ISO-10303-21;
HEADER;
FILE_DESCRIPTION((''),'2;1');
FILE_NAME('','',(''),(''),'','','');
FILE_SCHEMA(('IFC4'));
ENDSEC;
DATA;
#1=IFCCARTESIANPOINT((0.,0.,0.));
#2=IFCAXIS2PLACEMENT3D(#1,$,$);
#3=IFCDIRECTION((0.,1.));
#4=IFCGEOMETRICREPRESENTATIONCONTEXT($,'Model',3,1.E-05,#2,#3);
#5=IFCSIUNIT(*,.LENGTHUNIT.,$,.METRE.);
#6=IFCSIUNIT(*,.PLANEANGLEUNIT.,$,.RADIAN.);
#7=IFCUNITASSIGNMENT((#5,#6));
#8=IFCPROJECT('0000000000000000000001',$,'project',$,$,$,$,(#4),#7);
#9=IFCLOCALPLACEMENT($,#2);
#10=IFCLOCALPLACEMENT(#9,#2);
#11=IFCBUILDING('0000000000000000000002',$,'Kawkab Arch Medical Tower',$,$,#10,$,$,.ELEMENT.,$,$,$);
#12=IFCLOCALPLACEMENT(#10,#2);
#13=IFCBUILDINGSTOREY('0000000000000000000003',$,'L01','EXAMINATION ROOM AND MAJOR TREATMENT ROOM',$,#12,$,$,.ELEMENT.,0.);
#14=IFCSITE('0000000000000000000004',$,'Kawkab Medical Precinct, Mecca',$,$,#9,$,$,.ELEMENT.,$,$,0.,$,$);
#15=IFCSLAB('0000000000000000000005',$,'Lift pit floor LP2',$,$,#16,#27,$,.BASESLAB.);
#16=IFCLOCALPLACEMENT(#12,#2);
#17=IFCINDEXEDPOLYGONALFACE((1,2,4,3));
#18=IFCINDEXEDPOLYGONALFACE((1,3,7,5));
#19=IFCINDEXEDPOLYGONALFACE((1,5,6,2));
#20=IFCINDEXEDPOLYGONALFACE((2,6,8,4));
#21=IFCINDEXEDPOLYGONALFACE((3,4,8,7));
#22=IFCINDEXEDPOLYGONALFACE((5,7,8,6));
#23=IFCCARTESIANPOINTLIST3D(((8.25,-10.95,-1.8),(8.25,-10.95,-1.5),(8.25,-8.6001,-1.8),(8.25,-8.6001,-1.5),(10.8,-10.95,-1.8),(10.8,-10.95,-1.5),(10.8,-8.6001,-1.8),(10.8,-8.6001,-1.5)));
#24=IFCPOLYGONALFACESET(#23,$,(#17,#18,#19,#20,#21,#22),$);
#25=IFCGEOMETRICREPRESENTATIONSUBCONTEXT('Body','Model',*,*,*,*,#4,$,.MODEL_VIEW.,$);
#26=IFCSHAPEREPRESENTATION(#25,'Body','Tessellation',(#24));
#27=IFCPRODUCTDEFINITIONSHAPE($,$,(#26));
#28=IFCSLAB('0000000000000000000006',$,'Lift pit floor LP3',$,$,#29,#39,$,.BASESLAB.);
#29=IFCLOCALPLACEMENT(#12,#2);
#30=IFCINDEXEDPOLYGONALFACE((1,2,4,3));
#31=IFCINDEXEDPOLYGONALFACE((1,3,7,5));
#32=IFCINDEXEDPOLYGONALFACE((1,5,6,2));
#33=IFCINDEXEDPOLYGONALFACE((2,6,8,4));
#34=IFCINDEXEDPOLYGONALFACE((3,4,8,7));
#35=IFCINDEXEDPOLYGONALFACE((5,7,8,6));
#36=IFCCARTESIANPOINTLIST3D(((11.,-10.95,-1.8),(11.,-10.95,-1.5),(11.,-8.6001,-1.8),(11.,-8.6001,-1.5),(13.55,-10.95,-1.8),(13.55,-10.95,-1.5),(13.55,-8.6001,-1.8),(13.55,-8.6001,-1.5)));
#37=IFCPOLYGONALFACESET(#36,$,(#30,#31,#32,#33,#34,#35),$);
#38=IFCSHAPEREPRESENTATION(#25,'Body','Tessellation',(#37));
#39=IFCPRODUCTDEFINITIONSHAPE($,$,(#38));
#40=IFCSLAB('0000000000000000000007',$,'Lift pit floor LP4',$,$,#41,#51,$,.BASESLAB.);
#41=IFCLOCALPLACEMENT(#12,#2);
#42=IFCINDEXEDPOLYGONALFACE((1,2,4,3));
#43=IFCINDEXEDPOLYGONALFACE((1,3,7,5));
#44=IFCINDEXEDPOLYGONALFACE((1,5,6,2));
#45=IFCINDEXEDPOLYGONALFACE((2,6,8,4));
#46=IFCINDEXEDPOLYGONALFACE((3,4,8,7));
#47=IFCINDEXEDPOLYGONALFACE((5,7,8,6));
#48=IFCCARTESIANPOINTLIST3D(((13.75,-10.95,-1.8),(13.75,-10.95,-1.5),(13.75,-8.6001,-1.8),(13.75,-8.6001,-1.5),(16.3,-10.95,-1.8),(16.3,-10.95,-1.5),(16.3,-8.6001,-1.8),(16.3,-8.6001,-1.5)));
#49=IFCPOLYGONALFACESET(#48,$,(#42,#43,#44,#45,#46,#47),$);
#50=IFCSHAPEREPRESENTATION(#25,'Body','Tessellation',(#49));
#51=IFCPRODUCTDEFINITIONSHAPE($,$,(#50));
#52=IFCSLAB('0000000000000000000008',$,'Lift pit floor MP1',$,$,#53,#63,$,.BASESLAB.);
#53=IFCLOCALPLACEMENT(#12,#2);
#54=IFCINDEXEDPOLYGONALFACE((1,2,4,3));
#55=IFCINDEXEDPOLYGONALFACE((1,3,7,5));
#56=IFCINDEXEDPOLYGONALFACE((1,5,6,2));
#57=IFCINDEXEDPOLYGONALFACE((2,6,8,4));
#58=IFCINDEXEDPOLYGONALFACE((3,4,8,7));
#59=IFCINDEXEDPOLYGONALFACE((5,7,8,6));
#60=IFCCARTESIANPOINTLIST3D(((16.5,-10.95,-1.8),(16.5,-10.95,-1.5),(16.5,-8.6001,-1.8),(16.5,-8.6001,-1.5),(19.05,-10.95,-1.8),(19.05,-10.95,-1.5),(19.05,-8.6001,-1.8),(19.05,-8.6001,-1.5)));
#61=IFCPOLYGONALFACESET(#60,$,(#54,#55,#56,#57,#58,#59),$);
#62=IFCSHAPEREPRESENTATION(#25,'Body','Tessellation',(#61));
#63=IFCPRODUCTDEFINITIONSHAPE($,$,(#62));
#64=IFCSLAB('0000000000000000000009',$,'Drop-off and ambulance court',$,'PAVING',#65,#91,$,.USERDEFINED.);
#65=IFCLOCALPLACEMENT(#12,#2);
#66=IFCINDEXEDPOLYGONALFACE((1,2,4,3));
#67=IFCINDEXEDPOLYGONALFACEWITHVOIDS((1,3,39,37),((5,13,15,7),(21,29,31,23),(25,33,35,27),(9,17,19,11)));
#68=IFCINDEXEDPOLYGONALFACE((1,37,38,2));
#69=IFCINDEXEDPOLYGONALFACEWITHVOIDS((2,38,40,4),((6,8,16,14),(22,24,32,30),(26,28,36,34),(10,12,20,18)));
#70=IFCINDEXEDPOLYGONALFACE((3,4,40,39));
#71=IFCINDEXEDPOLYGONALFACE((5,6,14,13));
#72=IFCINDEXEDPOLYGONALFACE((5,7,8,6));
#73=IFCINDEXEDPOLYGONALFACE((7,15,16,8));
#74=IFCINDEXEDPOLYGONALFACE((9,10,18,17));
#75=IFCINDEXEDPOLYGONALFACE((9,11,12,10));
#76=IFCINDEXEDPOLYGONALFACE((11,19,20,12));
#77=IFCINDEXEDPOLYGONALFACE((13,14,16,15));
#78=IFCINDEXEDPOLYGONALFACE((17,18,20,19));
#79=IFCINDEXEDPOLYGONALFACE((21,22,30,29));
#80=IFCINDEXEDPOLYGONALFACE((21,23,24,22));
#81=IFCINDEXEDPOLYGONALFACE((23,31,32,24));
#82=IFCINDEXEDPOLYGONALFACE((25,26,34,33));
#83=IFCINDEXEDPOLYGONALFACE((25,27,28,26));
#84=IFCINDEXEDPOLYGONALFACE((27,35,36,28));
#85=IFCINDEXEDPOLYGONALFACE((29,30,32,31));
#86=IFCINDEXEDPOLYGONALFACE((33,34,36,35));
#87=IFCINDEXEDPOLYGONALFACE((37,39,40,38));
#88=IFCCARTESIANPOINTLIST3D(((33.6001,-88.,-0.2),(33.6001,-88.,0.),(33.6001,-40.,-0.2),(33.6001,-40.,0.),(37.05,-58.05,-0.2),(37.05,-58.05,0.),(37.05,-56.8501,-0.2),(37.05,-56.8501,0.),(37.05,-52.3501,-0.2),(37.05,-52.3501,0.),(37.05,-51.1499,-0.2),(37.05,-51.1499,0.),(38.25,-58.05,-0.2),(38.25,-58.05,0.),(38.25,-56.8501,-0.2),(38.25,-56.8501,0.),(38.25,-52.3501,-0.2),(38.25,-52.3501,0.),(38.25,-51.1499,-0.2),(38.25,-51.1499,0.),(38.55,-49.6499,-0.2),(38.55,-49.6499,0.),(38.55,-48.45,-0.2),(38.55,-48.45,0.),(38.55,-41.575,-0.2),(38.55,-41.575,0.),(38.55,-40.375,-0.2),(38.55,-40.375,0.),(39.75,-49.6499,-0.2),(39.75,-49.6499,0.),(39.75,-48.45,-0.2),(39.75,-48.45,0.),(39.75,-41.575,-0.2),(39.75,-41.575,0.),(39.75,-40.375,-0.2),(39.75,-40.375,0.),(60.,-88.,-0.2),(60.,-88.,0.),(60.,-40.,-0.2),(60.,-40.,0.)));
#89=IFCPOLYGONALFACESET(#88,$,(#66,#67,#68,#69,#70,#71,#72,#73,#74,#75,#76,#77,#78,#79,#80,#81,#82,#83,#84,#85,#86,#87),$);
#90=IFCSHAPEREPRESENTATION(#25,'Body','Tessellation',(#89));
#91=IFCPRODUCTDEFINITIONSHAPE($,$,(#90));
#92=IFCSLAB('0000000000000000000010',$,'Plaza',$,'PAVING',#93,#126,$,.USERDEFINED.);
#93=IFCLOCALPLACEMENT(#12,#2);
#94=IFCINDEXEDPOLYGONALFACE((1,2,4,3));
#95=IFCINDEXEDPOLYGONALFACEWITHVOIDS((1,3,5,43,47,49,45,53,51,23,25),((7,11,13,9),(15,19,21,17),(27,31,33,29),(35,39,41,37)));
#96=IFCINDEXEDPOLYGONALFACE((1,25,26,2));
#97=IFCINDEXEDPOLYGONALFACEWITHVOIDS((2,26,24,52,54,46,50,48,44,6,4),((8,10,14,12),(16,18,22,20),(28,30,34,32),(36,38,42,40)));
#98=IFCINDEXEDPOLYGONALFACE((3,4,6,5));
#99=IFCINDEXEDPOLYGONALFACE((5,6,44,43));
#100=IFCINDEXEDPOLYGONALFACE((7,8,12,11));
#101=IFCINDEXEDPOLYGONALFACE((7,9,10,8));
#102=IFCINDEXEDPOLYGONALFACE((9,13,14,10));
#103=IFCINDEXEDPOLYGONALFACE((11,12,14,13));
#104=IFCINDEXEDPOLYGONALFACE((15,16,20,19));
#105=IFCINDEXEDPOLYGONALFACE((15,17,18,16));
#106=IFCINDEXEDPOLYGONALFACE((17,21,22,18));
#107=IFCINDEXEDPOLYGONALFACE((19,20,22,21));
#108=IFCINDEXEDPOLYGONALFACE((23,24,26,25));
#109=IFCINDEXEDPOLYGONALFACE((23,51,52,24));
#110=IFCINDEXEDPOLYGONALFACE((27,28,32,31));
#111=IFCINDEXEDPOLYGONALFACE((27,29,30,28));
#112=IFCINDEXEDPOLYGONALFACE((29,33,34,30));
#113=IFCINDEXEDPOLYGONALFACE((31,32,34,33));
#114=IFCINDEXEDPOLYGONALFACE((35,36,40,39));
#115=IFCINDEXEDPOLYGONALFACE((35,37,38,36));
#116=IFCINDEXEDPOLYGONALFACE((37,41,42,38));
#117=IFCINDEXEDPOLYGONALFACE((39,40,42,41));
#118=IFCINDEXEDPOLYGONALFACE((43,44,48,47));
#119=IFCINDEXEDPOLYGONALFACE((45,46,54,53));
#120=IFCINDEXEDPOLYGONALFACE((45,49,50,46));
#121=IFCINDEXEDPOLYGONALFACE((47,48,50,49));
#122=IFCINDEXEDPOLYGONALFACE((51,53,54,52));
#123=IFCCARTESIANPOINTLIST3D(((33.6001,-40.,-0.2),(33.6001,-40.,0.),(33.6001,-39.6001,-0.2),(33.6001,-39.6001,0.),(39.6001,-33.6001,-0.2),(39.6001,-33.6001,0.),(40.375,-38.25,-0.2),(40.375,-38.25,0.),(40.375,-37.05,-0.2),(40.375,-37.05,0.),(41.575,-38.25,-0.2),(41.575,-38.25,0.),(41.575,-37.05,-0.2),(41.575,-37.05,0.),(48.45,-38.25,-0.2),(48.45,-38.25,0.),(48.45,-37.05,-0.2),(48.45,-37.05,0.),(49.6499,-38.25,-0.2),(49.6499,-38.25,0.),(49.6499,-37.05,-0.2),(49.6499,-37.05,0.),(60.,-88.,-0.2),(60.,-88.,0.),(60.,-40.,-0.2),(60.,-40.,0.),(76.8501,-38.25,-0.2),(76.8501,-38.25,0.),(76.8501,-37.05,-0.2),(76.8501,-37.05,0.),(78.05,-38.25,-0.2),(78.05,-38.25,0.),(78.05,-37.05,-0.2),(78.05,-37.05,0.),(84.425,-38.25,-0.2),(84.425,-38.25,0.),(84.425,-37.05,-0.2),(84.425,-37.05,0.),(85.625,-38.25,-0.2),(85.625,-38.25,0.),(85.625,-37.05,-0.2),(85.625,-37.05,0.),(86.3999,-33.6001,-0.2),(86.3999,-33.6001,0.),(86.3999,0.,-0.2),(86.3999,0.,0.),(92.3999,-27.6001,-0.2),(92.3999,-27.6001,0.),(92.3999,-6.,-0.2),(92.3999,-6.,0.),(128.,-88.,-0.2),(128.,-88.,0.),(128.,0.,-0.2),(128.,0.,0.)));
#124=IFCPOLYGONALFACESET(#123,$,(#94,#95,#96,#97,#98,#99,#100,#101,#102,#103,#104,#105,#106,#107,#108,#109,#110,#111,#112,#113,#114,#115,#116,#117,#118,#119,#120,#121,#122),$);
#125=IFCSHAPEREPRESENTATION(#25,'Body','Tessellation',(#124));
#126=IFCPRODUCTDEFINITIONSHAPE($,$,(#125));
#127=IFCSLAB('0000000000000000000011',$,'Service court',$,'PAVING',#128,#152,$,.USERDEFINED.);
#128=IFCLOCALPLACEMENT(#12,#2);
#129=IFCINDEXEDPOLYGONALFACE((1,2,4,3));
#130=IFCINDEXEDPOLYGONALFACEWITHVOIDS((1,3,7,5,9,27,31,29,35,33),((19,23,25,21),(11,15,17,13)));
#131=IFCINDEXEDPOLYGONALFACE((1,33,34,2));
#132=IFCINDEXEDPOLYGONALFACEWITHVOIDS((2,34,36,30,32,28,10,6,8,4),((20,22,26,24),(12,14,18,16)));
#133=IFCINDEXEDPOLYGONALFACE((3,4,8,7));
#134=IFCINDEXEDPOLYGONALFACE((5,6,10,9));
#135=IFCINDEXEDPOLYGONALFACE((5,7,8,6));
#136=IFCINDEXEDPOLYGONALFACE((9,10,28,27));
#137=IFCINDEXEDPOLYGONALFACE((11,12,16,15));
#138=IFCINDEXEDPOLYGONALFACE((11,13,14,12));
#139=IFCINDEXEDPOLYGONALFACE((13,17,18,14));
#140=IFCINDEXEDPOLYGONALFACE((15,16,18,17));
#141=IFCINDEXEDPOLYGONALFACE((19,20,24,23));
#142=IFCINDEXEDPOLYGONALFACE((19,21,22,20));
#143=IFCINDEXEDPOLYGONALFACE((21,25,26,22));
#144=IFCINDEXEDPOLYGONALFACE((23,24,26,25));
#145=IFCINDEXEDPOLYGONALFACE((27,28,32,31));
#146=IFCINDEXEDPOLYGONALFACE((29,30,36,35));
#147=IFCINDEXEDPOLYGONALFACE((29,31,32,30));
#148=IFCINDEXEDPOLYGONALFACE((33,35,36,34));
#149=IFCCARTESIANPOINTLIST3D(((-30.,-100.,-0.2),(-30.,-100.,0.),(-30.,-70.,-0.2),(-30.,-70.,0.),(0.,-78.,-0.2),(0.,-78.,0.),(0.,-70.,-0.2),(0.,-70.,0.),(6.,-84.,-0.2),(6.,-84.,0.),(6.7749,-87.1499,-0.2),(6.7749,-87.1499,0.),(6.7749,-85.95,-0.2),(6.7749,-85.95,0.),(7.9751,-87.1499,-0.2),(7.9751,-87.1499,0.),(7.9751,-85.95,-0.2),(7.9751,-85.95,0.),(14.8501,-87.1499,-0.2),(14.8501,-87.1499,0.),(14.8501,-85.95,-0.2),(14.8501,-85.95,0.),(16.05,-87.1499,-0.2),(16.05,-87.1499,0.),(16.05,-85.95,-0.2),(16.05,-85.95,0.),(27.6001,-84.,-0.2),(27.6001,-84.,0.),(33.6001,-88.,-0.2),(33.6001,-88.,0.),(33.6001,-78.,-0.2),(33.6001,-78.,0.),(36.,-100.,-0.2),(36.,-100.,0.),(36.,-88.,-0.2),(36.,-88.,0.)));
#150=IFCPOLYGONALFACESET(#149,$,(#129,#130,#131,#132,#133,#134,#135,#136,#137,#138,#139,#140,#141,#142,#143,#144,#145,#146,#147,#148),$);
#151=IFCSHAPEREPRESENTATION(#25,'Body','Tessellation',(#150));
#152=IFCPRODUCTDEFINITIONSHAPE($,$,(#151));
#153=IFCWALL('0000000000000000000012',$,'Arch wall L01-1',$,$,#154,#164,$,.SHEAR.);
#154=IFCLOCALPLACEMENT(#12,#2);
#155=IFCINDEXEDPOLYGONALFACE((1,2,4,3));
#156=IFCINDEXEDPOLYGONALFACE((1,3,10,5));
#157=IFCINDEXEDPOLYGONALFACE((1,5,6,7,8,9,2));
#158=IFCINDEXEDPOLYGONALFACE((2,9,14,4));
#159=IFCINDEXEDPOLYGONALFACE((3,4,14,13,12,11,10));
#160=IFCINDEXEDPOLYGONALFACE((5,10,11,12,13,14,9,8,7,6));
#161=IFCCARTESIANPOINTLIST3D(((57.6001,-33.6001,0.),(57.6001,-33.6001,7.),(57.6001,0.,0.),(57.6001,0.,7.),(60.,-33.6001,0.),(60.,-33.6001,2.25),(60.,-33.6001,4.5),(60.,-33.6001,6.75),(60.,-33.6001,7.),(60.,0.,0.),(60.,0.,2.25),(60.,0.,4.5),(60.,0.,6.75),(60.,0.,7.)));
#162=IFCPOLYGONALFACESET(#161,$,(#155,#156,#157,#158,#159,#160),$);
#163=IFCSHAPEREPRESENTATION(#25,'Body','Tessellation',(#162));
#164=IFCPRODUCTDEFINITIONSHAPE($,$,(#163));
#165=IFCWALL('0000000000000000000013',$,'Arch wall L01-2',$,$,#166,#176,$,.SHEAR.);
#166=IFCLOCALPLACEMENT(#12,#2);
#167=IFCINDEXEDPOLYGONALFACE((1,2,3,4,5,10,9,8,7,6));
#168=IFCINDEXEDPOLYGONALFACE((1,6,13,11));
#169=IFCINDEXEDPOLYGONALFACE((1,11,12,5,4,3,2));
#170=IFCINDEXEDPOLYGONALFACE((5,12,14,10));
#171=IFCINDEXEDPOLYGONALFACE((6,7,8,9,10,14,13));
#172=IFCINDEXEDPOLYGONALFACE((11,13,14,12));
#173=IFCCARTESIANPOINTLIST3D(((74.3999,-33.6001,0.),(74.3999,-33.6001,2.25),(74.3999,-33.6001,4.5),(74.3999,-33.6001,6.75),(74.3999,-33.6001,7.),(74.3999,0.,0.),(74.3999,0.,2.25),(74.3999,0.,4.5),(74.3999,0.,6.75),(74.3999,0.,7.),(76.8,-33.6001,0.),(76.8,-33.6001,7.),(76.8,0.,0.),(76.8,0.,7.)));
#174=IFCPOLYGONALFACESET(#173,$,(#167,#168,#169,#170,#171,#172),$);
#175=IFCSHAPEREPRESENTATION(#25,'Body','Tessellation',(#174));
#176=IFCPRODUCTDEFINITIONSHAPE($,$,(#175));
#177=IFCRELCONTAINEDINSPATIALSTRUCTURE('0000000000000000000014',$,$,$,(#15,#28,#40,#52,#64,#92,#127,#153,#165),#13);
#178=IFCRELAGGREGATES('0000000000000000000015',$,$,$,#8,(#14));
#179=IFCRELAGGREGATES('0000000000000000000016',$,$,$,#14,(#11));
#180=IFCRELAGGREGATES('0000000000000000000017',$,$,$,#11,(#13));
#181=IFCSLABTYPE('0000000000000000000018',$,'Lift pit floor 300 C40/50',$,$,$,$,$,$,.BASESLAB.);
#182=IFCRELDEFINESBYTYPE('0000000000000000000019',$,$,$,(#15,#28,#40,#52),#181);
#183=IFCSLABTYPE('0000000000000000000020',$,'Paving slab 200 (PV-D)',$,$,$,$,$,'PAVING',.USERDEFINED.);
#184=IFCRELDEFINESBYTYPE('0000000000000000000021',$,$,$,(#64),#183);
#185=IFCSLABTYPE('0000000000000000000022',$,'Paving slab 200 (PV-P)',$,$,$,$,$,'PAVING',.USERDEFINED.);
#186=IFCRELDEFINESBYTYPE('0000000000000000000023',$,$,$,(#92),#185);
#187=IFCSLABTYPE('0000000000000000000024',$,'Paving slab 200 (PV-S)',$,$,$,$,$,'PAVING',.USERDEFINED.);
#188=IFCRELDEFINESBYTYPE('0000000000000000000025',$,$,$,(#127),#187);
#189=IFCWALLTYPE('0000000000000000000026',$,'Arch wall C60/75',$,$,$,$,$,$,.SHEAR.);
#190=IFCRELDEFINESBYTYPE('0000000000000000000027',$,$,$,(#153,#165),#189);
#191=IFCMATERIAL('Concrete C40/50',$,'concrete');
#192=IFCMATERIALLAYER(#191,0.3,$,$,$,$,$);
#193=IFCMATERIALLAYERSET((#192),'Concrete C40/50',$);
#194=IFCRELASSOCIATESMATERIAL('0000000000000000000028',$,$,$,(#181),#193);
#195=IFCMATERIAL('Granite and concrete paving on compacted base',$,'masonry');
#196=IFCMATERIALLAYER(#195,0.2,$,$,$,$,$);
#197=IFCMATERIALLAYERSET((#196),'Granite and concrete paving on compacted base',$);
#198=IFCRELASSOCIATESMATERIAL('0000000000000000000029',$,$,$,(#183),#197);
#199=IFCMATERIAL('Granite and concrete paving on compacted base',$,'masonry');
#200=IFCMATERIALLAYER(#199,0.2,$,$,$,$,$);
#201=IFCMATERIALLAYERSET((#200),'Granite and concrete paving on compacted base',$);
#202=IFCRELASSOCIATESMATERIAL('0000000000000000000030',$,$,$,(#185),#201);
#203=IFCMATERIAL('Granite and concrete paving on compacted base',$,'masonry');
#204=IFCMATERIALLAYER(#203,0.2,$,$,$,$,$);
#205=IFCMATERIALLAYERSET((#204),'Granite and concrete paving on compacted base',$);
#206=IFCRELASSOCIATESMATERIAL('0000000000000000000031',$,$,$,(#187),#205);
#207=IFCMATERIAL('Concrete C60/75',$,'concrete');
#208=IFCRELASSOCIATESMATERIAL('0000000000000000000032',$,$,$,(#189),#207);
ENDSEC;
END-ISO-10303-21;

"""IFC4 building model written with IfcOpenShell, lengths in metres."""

from ifc_helpers import new_model, si_unit, direction, frame, origin, place, context, subcontext, project, spatial, polyline, outline, extrude, material, layer, layer_set, type_object, element, save


model = new_model("IFC4")

# Units and contexts
model_context = context("Model", 3, precision=1e-05, world=origin(), true_north=direction((0.0, 1.0)))
body_context = subcontext(model_context, "Body", "Model", "MODEL_VIEW")
ifc_project = project(units=[si_unit("LENGTHUNIT", "METRE"), si_unit("PLANEANGLEUNIT", "RADIAN")], contexts=[model_context])

# Site, building, storey
site_placement = place(None, origin())
site = spatial("IfcSite", under=ifc_project, at=site_placement, Name="Kawkab Medical Precinct, Mecca", CompositionType="ELEMENT", RefElevation=0.0)
building_placement = place(site_placement, origin())
building = spatial("IfcBuilding", under=site, at=building_placement, Name="Kawkab Arch Medical Tower", CompositionType="ELEMENT")
storey_placement = place(building_placement, origin())
storey = spatial("IfcBuildingStorey", under=building, at=storey_placement, Name="L01", Description="EXAMINATION ROOM AND MAJOR TREATMENT ROOM", CompositionType="ELEMENT", Elevation=0.0)

# Slabs
ifc_material_1 = material(Name="Concrete C40/50", Category="concrete")
ifc_layer_1 = layer(ifc_material_1, 0.3)
ifc_layer_set_1 = layer_set([ifc_layer_1], Name="Concrete C40/50")
slab_type_1 = type_object("IfcSlabType", Name="Lift pit floor 300 C40/50", PredefinedType="BASESLAB", material=ifc_layer_set_1)
placement_1 = place(storey_placement, frame((0.0, 0.0, -1.8)))
element("IfcSlab", 1, at=placement_1, inside=storey, type_object=slab_type_1, Name="Lift pit floor LP2", PredefinedType="BASESLAB", context=body_context, shape_type="SweptSolid", body=[
    extrude(outline(polyline([(8.25, -10.95), (10.8, -10.95), (10.8, -8.6001), (8.25, -8.6001), (8.25, -10.95)])), origin(), (0.0, 0.0, 1.0), 0.3),
])
element("IfcSlab", 2, at=placement_1, inside=storey, type_object=slab_type_1, Name="Lift pit floor LP3", PredefinedType="BASESLAB", context=body_context, shape_type="SweptSolid", body=[
    extrude(outline(polyline([(11.0, -10.95), (13.55, -10.95), (13.55, -8.6001), (11.0, -8.6001), (11.0, -10.95)])), origin(), (0.0, 0.0, 1.0), 0.3),
])
element("IfcSlab", 3, at=placement_1, inside=storey, type_object=slab_type_1, Name="Lift pit floor LP4", PredefinedType="BASESLAB", context=body_context, shape_type="SweptSolid", body=[
    extrude(outline(polyline([(13.75, -10.95), (16.3, -10.95), (16.3, -8.6001), (13.75, -8.6001), (13.75, -10.95)])), origin(), (0.0, 0.0, 1.0), 0.3),
])
element("IfcSlab", 4, at=placement_1, inside=storey, type_object=slab_type_1, Name="Lift pit floor MP1", PredefinedType="BASESLAB", context=body_context, shape_type="SweptSolid", body=[
    extrude(outline(polyline([(16.5, -10.95), (19.05, -10.95), (19.05, -8.6001), (16.5, -8.6001), (16.5, -10.95)])), origin(), (0.0, 0.0, 1.0), 0.3),
])
ifc_material_2 = material(Name="Granite and concrete paving on compacted base", Category="masonry")
ifc_layer_2 = layer(ifc_material_2, 0.2)
ifc_layer_set_2 = layer_set([ifc_layer_2], Name="Granite and concrete paving on compacted base")
slab_type_2 = type_object("IfcSlabType", Name="Paving slab 200 (PV-D)", ElementType="PAVING", PredefinedType="USERDEFINED", material=ifc_layer_set_2)
placement_2 = place(storey_placement, frame((0.0, 0.0, -0.2)))
element("IfcSlab", 5, at=placement_2, inside=storey, type_object=slab_type_2, Name="Drop-off and ambulance court", ObjectType="PAVING", PredefinedType="USERDEFINED", context=body_context, shape_type="SweptSolid", body=[
    extrude(outline(polyline([(33.6001, -88.0), (60.0, -88.0), (60.0, -40.0), (33.6001, -40.0), (33.6001, -88.0)]), holes=[polyline([(38.25, -56.8501), (38.25, -58.05), (37.05, -58.05), (37.05, -56.8501), (38.25, -56.8501)]), polyline([(38.25, -52.3501), (37.05, -52.3501), (37.05, -51.1499), (38.25, -51.1499), (38.25, -52.3501)]), polyline([(39.75, -49.6499), (38.55, -49.6499), (38.55, -48.45), (39.75, -48.45), (39.75, -49.6499)]), polyline([(39.75, -40.375), (39.75, -41.575), (38.55, -41.575), (38.55, -40.375), (39.75, -40.375)])]), origin(), (0.0, 0.0, 1.0), 0.2),
])
ifc_material_3 = material(Name="Granite and concrete paving on compacted base", Category="masonry")
ifc_layer_3 = layer(ifc_material_3, 0.2)
ifc_layer_set_3 = layer_set([ifc_layer_3], Name="Granite and concrete paving on compacted base")
slab_type_3 = type_object("IfcSlabType", Name="Paving slab 200 (PV-P)", ElementType="PAVING", PredefinedType="USERDEFINED", material=ifc_layer_set_3)
element("IfcSlab", 6, at=placement_2, inside=storey, type_object=slab_type_3, Name="Plaza", ObjectType="PAVING", PredefinedType="USERDEFINED", context=body_context, shape_type="SweptSolid", body=[
    extrude(outline(polyline([(60.0, -88.0), (128.0, -88.0), (128.0, 0.0), (86.3999, 0.0), (92.3999, -6.0), (92.3999, -27.6001), (86.3999, -33.6001), (39.6001, -33.6001), (33.6001, -39.6001), (33.6001, -40.0), (60.0, -40.0), (60.0, -88.0)]), holes=[polyline([(41.575, -37.05), (41.575, -38.25), (40.375, -38.25), (40.375, -37.05), (41.575, -37.05)]), polyline([(49.6499, -37.05), (49.6499, -38.25), (48.45, -38.25), (48.45, -37.05), (49.6499, -37.05)]), polyline([(78.05, -38.25), (76.8501, -38.25), (76.8501, -37.05), (78.05, -37.05), (78.05, -38.25)]), polyline([(85.625, -38.25), (84.425, -38.25), (84.425, -37.05), (85.625, -37.05), (85.625, -38.25)])]), origin(), (0.0, 0.0, 1.0), 0.2),
])
ifc_material_4 = material(Name="Granite and concrete paving on compacted base", Category="masonry")
ifc_layer_4 = layer(ifc_material_4, 0.2)
ifc_layer_set_4 = layer_set([ifc_layer_4], Name="Granite and concrete paving on compacted base")
slab_type_4 = type_object("IfcSlabType", Name="Paving slab 200 (PV-S)", ElementType="PAVING", PredefinedType="USERDEFINED", material=ifc_layer_set_4)
element("IfcSlab", 7, at=placement_2, inside=storey, type_object=slab_type_4, Name="Service court", ObjectType="PAVING", PredefinedType="USERDEFINED", context=body_context, shape_type="SweptSolid", body=[
    extrude(outline(polyline([(-30.0, -100.0), (36.0, -100.0), (36.0, -88.0), (33.6001, -88.0), (33.6001, -78.0), (27.6001, -84.0), (6.0, -84.0), (0.0, -78.0), (0.0, -70.0), (-30.0, -70.0), (-30.0, -100.0)]), holes=[polyline([(7.9751, -85.95), (7.9751, -87.1499), (6.7749, -87.1499), (6.7749, -85.95), (7.9751, -85.95)]), polyline([(16.05, -85.95), (16.05, -87.1499), (14.8501, -87.1499), (14.8501, -85.95), (16.05, -85.95)])]), origin(), (0.0, 0.0, 1.0), 0.2),
])

# Walls
ifc_material_5 = material(Name="Concrete C60/75", Category="concrete")
wall_type = type_object("IfcWallType", Name="Arch wall C60/75", PredefinedType="SHEAR", material=ifc_material_5)
placement_3 = place(storey_placement, frame((0.0, 0.0, 0.0), z_axis=(0.0, -1.0, 0.0), x_axis=(1.0, 0.0, 0.0)))
element("IfcWall", 8, at=placement_3, inside=storey, type_object=wall_type, Name="Arch wall L01-1", PredefinedType="SHEAR", context=body_context, shape_type="SweptSolid", body=[
    extrude(outline(polyline([(60.0, 7.0), (60.0, 6.75), (60.0, 4.5), (60.0, 2.25), (60.0, 0.0), (57.6001, 0.0), (57.6001, 7.0), (60.0, 7.0)])), origin(), (0.0, 0.0, 1.0), 33.6001),
])
element("IfcWall", 9, at=placement_3, inside=storey, type_object=wall_type, Name="Arch wall L01-2", PredefinedType="SHEAR", context=body_context, shape_type="SweptSolid", body=[
    extrude(outline(polyline([(74.3999, 0.0), (74.3999, 2.25), (74.3999, 4.5), (74.3999, 6.75), (74.3999, 7.0), (76.8, 7.0), (76.8, 0.0), (74.3999, 0.0)])), origin(), (0.0, 0.0, 1.0), 33.6001),
])

save(model, "model.ifc")
